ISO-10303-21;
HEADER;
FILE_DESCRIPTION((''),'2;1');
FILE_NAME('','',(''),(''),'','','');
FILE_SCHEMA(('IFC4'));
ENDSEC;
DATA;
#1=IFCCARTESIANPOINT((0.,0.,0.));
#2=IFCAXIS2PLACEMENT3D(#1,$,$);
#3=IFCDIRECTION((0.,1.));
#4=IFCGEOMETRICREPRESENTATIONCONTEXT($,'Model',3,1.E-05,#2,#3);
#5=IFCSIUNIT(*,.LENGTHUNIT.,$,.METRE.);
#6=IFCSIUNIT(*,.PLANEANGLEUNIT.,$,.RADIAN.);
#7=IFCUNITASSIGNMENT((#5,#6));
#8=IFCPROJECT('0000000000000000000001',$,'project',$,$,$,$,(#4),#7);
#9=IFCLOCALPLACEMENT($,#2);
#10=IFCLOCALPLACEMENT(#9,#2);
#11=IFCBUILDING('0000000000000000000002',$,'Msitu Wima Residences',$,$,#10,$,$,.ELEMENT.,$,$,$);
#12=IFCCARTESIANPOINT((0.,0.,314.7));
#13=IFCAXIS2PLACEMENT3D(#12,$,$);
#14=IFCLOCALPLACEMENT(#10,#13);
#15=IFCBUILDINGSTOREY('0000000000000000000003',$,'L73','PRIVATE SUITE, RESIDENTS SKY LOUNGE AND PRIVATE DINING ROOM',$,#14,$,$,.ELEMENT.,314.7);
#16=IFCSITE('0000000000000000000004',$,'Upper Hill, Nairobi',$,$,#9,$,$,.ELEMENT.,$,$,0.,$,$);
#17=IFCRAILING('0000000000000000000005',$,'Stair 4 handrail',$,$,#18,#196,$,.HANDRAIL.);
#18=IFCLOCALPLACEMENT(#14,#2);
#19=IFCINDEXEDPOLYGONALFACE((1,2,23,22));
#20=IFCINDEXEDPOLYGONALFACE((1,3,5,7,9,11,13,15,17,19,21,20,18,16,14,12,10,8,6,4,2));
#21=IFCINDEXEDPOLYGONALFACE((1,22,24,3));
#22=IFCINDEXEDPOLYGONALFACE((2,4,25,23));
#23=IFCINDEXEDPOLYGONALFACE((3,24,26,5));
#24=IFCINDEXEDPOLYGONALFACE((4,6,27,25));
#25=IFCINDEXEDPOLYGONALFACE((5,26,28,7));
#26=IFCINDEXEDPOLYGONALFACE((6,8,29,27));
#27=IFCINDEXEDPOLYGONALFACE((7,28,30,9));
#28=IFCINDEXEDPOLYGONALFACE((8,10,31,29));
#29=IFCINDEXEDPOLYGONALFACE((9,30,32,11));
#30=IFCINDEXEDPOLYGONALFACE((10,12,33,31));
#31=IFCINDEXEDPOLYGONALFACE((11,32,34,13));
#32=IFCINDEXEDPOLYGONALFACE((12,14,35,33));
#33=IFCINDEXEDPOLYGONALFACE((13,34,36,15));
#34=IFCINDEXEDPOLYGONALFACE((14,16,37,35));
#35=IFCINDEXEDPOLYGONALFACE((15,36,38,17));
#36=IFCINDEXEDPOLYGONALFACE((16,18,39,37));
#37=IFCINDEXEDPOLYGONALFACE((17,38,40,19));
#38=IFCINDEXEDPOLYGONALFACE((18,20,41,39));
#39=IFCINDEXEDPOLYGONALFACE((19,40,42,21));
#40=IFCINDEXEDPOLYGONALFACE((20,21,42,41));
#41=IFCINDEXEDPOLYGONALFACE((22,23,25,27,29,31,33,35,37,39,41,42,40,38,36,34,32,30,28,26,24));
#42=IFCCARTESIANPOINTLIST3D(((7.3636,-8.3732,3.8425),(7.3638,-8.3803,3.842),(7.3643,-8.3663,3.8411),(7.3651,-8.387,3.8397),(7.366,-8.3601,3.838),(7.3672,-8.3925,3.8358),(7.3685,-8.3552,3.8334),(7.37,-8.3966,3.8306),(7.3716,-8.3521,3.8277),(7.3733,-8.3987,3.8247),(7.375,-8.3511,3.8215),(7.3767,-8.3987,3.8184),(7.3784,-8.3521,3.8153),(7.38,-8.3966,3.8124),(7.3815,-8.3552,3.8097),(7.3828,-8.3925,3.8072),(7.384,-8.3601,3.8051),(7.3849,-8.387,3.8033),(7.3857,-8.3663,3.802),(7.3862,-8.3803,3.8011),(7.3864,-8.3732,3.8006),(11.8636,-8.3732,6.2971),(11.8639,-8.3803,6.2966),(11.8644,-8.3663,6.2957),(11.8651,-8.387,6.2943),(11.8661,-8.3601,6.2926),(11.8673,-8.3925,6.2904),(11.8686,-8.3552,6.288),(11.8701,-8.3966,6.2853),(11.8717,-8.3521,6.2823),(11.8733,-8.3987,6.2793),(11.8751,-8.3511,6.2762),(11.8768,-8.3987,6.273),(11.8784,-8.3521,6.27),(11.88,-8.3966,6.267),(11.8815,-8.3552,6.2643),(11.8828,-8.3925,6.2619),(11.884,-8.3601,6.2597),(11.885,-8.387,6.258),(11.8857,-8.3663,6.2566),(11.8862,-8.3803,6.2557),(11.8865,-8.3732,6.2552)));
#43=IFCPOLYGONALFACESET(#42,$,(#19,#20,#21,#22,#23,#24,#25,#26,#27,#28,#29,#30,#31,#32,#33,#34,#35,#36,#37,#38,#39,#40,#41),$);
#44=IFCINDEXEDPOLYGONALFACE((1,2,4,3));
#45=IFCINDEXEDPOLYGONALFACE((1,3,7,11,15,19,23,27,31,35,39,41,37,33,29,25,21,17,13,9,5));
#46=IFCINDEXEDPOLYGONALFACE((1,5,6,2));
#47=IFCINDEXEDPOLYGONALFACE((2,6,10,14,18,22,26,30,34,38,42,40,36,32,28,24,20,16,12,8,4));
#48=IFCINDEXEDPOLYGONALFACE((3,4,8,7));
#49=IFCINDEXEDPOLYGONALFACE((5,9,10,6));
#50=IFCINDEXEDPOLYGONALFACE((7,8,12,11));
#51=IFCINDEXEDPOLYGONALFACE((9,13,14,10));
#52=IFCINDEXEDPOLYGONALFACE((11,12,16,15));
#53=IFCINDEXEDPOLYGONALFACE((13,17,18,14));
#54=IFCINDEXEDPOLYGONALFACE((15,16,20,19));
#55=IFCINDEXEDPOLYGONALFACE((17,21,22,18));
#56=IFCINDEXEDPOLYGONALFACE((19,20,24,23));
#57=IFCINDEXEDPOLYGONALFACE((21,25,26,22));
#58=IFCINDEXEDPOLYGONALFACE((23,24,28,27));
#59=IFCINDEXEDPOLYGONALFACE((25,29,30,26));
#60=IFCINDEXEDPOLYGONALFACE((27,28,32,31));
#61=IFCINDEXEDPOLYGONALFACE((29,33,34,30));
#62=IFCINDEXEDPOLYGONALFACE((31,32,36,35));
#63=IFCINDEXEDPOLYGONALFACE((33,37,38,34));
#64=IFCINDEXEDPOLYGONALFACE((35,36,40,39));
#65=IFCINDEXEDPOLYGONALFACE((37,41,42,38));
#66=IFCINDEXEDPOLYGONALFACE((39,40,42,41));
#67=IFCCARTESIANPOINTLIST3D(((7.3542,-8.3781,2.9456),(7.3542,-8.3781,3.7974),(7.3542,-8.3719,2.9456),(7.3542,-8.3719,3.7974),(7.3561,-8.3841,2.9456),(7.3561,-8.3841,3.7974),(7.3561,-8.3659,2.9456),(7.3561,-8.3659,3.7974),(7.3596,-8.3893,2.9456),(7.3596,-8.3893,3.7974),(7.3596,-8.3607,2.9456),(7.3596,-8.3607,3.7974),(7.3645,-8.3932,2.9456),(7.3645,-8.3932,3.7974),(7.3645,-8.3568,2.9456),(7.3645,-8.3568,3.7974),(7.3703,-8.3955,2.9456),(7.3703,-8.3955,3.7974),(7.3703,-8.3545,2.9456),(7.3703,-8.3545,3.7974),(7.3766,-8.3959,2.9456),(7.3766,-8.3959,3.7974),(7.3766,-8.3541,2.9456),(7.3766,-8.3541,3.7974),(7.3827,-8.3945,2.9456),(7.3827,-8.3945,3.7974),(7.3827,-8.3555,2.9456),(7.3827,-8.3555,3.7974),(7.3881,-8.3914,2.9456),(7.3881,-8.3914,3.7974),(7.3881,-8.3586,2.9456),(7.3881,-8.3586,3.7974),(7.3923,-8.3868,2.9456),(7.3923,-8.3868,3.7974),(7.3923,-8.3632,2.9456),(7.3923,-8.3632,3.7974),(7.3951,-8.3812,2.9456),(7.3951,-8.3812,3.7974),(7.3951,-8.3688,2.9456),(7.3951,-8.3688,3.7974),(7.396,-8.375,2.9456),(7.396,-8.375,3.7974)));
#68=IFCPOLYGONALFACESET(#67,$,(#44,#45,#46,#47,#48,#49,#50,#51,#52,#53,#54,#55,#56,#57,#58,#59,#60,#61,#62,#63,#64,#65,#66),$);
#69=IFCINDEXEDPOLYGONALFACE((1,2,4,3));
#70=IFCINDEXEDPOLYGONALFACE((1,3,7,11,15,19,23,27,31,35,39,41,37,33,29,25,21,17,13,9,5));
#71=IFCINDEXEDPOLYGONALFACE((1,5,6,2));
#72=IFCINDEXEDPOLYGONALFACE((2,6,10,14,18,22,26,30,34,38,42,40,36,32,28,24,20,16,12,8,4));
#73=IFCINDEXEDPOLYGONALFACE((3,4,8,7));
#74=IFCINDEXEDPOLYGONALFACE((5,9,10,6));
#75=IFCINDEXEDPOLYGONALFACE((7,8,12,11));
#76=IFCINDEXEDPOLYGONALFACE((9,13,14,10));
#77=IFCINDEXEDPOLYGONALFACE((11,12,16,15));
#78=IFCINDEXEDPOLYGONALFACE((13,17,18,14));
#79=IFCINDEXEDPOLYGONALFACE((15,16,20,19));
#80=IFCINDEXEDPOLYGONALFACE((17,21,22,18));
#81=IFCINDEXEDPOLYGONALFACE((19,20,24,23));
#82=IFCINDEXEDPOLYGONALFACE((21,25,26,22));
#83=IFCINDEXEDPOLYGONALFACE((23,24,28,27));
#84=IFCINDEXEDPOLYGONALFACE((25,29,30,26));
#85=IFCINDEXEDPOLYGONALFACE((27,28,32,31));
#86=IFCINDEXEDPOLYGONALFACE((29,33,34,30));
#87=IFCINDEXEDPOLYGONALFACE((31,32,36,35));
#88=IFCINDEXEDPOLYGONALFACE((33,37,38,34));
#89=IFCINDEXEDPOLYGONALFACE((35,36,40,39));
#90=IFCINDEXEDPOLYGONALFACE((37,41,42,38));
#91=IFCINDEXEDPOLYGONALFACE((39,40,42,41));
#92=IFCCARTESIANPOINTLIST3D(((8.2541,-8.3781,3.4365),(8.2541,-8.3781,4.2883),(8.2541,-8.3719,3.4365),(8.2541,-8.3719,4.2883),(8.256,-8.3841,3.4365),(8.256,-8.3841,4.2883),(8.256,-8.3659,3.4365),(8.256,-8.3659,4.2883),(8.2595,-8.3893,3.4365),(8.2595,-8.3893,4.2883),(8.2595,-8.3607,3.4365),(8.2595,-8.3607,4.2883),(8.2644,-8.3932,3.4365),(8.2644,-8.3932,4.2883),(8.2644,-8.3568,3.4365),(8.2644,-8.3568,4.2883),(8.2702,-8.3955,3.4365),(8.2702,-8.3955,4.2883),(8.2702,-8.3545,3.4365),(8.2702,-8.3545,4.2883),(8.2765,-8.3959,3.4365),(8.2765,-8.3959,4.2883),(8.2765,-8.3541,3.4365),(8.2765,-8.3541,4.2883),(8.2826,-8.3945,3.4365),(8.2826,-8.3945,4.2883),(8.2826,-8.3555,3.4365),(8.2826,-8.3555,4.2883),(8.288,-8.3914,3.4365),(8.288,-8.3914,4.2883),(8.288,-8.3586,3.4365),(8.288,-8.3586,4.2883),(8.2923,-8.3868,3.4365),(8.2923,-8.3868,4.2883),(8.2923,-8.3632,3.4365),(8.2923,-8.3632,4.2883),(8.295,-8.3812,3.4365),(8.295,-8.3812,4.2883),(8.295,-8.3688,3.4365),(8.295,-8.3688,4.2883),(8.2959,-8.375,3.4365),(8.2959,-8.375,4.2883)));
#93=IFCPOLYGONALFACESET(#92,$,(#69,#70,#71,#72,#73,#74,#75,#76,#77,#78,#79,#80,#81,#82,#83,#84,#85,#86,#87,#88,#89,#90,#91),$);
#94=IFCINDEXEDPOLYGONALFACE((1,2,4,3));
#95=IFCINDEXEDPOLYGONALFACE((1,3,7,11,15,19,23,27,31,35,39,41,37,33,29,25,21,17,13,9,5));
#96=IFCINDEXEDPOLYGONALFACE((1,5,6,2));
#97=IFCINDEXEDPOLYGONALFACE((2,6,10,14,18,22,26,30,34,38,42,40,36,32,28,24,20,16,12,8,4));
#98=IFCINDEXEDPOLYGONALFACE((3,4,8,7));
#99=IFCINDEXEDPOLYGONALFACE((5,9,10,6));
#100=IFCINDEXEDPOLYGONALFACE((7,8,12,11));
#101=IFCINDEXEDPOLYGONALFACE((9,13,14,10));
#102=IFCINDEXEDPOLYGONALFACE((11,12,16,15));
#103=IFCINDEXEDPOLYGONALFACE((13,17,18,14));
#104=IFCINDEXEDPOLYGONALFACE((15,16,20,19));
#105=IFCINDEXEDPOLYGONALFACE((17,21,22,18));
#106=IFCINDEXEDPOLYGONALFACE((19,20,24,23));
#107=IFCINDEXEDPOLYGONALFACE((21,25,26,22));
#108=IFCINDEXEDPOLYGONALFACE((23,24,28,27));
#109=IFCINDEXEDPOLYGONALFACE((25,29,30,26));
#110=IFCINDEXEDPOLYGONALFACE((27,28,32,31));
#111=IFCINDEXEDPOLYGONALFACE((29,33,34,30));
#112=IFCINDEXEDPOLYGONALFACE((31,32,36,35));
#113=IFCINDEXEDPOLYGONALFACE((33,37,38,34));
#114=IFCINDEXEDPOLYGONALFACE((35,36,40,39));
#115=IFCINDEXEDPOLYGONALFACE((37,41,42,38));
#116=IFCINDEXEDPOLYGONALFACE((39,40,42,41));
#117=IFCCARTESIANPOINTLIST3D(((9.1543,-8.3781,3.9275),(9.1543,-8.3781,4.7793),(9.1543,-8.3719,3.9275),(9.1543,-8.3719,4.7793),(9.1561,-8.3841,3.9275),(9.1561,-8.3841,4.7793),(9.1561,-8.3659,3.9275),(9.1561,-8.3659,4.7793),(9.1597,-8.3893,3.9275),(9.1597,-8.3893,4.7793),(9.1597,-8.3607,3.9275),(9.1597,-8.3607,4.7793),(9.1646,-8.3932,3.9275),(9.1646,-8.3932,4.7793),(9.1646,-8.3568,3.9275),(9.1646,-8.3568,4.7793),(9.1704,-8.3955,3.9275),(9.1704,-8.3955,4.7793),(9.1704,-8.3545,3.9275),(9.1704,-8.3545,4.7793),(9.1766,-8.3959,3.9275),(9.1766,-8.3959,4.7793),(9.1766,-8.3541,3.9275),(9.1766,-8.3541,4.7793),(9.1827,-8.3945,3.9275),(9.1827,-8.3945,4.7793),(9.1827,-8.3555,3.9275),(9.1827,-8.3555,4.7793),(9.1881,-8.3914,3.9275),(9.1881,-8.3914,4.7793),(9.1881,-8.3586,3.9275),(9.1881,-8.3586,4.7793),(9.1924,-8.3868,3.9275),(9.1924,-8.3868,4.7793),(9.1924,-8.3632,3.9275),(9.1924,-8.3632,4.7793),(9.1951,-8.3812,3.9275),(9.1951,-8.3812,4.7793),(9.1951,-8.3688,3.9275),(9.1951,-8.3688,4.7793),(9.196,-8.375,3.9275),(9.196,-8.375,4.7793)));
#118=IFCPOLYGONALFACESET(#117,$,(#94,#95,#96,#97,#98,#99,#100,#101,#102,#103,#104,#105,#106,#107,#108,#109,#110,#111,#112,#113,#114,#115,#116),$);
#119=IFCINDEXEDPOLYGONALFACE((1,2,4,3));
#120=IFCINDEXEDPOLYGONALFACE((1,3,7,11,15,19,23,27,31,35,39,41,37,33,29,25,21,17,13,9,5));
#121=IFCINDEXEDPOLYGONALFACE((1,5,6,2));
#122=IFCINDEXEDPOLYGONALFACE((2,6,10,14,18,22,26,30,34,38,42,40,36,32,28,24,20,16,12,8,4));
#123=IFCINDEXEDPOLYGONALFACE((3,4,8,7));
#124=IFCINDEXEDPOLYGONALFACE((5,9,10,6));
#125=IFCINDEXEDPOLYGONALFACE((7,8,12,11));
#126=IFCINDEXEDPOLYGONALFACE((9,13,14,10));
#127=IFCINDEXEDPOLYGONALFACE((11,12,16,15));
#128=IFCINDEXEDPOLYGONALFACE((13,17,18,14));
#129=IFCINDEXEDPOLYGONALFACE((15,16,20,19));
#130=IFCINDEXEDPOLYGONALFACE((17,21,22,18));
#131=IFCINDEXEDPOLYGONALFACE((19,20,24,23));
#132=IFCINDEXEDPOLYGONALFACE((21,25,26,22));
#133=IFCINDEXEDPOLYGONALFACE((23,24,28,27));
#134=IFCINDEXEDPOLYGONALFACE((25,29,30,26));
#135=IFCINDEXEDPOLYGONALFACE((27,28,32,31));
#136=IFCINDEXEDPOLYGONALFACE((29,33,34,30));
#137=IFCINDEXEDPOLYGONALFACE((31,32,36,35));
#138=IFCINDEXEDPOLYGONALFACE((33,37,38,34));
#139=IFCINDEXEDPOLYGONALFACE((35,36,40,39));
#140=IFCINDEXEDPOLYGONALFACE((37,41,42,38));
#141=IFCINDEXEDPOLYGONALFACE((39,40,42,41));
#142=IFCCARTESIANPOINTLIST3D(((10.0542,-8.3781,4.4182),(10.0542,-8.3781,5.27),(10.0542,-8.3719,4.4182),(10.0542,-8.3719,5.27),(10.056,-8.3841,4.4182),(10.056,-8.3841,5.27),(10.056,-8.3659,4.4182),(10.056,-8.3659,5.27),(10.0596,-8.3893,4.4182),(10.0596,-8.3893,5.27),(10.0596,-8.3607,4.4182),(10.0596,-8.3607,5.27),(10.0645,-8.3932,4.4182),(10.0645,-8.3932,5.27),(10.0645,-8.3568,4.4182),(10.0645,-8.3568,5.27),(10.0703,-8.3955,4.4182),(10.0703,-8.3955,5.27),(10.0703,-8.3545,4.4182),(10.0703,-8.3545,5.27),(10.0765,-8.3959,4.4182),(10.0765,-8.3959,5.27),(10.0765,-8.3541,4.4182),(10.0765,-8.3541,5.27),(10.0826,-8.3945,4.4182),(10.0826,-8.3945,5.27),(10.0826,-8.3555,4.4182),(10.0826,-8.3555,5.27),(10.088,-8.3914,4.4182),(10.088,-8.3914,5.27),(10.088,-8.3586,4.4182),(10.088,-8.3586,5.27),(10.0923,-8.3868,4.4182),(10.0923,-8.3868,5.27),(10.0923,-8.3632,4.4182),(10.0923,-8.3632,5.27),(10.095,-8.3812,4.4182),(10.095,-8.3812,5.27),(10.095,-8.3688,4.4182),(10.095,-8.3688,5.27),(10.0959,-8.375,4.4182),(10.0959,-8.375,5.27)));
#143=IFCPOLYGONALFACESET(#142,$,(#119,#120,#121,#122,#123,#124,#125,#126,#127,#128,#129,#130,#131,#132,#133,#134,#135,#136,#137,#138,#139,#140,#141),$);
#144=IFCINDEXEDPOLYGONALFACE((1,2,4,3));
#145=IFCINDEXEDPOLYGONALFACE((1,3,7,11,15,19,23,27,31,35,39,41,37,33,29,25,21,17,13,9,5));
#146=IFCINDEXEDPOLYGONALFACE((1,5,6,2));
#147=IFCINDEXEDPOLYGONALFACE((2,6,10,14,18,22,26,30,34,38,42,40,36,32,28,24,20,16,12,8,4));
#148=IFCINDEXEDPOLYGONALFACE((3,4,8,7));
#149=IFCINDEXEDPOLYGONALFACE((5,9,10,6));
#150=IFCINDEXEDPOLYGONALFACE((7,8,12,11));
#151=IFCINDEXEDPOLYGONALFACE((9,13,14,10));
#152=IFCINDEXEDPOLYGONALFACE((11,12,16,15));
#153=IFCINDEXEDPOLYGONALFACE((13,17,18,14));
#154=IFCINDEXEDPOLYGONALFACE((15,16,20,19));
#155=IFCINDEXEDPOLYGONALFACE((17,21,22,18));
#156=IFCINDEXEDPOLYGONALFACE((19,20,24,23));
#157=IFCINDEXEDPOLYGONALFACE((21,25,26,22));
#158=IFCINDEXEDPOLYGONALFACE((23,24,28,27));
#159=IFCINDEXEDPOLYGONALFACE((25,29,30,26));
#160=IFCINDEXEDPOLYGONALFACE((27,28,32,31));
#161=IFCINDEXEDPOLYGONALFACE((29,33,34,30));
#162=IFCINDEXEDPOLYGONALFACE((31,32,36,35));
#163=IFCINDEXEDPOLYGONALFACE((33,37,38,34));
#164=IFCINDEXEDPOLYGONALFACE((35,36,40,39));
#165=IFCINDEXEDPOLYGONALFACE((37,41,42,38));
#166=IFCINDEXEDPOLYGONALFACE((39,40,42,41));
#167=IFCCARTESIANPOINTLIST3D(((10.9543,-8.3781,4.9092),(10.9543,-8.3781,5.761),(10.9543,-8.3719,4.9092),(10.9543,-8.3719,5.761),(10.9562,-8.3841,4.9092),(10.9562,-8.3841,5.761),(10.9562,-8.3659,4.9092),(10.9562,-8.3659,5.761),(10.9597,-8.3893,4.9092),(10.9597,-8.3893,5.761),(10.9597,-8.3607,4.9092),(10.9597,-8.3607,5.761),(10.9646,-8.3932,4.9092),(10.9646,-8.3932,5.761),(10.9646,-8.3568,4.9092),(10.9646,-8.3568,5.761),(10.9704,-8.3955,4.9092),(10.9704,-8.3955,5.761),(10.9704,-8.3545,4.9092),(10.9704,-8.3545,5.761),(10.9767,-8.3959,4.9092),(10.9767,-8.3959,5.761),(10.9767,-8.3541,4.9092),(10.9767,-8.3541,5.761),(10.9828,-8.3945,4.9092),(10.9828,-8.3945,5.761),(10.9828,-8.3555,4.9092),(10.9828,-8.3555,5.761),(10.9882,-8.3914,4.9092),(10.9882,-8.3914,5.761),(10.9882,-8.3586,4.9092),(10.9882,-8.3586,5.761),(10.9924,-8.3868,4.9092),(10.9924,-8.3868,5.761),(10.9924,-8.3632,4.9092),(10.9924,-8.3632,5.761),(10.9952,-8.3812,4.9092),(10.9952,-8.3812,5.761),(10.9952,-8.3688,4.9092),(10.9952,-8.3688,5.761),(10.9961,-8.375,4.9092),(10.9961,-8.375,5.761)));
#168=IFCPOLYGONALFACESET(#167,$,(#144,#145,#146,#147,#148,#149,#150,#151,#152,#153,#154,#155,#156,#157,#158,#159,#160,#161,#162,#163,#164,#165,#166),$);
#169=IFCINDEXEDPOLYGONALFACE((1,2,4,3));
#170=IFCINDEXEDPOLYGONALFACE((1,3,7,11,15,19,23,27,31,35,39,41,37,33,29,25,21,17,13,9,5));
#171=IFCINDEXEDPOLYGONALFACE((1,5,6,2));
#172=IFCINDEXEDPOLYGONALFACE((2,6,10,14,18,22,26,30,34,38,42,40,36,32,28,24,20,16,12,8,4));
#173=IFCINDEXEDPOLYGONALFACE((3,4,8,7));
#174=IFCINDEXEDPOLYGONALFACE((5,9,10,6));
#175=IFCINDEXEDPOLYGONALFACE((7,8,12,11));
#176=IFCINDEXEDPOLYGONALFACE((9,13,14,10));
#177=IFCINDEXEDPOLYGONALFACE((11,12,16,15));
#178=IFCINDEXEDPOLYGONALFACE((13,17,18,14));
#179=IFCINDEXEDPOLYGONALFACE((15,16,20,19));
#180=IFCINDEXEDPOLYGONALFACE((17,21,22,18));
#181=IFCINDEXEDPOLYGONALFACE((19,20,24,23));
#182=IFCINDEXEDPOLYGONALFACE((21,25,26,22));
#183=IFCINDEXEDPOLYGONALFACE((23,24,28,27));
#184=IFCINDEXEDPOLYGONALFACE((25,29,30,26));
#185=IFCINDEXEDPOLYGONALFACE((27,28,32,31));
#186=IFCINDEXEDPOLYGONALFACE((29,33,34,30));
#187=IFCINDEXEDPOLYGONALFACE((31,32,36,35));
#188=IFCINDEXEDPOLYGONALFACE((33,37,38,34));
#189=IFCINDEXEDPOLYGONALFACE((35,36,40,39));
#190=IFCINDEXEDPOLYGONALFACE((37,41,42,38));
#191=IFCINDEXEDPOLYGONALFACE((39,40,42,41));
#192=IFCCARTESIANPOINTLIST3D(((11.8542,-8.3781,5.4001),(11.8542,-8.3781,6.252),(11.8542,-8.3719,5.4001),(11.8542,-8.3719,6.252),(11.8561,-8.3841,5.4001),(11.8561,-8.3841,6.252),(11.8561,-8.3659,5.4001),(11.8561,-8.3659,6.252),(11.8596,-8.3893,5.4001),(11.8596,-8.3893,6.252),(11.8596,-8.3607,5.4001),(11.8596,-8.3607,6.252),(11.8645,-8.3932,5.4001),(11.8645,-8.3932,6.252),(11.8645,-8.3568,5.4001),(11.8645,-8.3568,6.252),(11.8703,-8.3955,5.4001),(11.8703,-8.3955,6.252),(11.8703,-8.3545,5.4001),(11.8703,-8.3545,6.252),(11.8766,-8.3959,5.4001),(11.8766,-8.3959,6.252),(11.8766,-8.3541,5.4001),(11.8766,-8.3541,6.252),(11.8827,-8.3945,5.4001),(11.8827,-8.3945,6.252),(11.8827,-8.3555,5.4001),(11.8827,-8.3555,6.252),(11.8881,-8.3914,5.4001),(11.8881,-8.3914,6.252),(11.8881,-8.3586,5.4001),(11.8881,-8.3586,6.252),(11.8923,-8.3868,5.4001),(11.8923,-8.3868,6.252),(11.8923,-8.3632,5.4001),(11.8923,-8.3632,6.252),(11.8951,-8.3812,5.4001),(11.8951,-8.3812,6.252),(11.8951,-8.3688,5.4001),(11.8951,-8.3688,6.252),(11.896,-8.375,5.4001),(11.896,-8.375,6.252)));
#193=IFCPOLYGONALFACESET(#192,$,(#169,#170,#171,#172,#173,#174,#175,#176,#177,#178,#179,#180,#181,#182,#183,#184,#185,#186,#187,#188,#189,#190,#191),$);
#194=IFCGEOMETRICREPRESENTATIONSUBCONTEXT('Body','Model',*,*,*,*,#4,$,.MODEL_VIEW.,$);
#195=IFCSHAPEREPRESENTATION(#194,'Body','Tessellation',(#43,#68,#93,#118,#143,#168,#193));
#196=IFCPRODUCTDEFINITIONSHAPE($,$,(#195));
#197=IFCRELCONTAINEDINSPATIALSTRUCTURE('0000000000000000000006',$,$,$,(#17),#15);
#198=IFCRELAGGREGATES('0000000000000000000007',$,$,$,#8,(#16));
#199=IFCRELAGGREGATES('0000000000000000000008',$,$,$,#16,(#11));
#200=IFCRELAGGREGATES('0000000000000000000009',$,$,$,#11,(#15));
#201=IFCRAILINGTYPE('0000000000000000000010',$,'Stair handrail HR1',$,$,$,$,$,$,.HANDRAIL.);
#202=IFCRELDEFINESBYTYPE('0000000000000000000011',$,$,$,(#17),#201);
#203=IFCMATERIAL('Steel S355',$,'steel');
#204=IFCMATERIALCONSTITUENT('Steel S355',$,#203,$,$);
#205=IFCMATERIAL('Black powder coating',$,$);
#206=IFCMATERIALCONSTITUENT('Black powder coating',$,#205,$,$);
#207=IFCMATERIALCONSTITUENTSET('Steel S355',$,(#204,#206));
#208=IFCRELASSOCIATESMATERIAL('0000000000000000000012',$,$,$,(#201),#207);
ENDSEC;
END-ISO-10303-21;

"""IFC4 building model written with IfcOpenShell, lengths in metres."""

from ifc_helpers import new_model, si_unit, direction, frame, origin, origin_2d, place, context, subcontext, project, spatial, circle, extrude, material, constituent, constituent_set, type_object, element, save


model = new_model("IFC4")

# Units and contexts
model_context = context("Model", 3, precision=1e-05, world=origin(), true_north=direction((0.0, 1.0)))
body_context = subcontext(model_context, "Body", "Model", "MODEL_VIEW")
ifc_project = project(units=[si_unit("LENGTHUNIT", "METRE"), si_unit("PLANEANGLEUNIT", "RADIAN")], contexts=[model_context])

# Site, building, storey
site_placement = place(None, origin())
site = spatial("IfcSite", under=ifc_project, at=site_placement, Name="Upper Hill, Nairobi", CompositionType="ELEMENT", RefElevation=0.0)
building_placement = place(site_placement, origin())
building = spatial("IfcBuilding", under=site, at=building_placement, Name="Msitu Wima Residences", CompositionType="ELEMENT")
storey_placement = place(building_placement, frame((0.0, 0.0, 314.7)))
storey = spatial("IfcBuildingStorey", under=building, at=storey_placement, Name="L73", Description="PRIVATE SUITE, RESIDENTS SKY LOUNGE AND PRIVATE DINING ROOM", CompositionType="ELEMENT", Elevation=314.7)

# Railing
ifc_material_1 = material(Name="Steel S355", Category="steel")
ifc_constituent_1 = constituent(ifc_material_1, Name="Steel S355")
ifc_material_2 = material(Name="Black powder coating")
ifc_constituent_2 = constituent(ifc_material_2, Name="Black powder coating")
ifc_constituent_set = constituent_set(constituents=[ifc_constituent_1, ifc_constituent_2], Name="Steel S355")
railing_type = type_object("IfcRailingType", Name="Stair handrail HR1", PredefinedType="HANDRAIL", material=ifc_constituent_set)
for number, where, name in (
    (1, (7.375, -8.375, 2.9456), "Stair 4 handrail"),
):
    element("IfcRailing", number, at=place(storey_placement, frame(where)), inside=storey, type_object=railing_type, Name=name, PredefinedType="HANDRAIL", context=body_context, shape_type="SweptSolid", body=[
        extrude(circle(Radius=0.0239, at=origin_2d()), frame((0.0, 0.0, 0.876), z_axis=(0.877892, 0.0, 0.478859), x_axis=(0.0, 1.0, 0.0)), (0.0, 0.0, 1.0), 5.126),
        extrude(circle(Radius=0.021, at=origin_2d()), origin(), (0.0, 0.0, 1.0), 0.8518),
        extrude(circle(Radius=0.021, at=origin_2d()), frame((0.8999, 0.0, 0.491)), (0.0, 0.0, 1.0), 0.8518),
        extrude(circle(Radius=0.021, at=origin_2d()), frame((1.8, 0.0, 0.9819)), (0.0, 0.0, 1.0), 0.8518),
        extrude(circle(Radius=0.021, at=origin_2d()), frame((2.7, 0.0, 1.4727)), (0.0, 0.0, 1.0), 0.8518),
        extrude(circle(Radius=0.021, at=origin_2d()), frame((3.6001, 0.0, 1.9636)), (0.0, 0.0, 1.0), 0.8518),
        extrude(circle(Radius=0.021, at=origin_2d()), frame((4.5, 0.0, 2.4546)), (0.0, 0.0, 1.0), 0.8518),
    ])

save(model, "model.ifc")
